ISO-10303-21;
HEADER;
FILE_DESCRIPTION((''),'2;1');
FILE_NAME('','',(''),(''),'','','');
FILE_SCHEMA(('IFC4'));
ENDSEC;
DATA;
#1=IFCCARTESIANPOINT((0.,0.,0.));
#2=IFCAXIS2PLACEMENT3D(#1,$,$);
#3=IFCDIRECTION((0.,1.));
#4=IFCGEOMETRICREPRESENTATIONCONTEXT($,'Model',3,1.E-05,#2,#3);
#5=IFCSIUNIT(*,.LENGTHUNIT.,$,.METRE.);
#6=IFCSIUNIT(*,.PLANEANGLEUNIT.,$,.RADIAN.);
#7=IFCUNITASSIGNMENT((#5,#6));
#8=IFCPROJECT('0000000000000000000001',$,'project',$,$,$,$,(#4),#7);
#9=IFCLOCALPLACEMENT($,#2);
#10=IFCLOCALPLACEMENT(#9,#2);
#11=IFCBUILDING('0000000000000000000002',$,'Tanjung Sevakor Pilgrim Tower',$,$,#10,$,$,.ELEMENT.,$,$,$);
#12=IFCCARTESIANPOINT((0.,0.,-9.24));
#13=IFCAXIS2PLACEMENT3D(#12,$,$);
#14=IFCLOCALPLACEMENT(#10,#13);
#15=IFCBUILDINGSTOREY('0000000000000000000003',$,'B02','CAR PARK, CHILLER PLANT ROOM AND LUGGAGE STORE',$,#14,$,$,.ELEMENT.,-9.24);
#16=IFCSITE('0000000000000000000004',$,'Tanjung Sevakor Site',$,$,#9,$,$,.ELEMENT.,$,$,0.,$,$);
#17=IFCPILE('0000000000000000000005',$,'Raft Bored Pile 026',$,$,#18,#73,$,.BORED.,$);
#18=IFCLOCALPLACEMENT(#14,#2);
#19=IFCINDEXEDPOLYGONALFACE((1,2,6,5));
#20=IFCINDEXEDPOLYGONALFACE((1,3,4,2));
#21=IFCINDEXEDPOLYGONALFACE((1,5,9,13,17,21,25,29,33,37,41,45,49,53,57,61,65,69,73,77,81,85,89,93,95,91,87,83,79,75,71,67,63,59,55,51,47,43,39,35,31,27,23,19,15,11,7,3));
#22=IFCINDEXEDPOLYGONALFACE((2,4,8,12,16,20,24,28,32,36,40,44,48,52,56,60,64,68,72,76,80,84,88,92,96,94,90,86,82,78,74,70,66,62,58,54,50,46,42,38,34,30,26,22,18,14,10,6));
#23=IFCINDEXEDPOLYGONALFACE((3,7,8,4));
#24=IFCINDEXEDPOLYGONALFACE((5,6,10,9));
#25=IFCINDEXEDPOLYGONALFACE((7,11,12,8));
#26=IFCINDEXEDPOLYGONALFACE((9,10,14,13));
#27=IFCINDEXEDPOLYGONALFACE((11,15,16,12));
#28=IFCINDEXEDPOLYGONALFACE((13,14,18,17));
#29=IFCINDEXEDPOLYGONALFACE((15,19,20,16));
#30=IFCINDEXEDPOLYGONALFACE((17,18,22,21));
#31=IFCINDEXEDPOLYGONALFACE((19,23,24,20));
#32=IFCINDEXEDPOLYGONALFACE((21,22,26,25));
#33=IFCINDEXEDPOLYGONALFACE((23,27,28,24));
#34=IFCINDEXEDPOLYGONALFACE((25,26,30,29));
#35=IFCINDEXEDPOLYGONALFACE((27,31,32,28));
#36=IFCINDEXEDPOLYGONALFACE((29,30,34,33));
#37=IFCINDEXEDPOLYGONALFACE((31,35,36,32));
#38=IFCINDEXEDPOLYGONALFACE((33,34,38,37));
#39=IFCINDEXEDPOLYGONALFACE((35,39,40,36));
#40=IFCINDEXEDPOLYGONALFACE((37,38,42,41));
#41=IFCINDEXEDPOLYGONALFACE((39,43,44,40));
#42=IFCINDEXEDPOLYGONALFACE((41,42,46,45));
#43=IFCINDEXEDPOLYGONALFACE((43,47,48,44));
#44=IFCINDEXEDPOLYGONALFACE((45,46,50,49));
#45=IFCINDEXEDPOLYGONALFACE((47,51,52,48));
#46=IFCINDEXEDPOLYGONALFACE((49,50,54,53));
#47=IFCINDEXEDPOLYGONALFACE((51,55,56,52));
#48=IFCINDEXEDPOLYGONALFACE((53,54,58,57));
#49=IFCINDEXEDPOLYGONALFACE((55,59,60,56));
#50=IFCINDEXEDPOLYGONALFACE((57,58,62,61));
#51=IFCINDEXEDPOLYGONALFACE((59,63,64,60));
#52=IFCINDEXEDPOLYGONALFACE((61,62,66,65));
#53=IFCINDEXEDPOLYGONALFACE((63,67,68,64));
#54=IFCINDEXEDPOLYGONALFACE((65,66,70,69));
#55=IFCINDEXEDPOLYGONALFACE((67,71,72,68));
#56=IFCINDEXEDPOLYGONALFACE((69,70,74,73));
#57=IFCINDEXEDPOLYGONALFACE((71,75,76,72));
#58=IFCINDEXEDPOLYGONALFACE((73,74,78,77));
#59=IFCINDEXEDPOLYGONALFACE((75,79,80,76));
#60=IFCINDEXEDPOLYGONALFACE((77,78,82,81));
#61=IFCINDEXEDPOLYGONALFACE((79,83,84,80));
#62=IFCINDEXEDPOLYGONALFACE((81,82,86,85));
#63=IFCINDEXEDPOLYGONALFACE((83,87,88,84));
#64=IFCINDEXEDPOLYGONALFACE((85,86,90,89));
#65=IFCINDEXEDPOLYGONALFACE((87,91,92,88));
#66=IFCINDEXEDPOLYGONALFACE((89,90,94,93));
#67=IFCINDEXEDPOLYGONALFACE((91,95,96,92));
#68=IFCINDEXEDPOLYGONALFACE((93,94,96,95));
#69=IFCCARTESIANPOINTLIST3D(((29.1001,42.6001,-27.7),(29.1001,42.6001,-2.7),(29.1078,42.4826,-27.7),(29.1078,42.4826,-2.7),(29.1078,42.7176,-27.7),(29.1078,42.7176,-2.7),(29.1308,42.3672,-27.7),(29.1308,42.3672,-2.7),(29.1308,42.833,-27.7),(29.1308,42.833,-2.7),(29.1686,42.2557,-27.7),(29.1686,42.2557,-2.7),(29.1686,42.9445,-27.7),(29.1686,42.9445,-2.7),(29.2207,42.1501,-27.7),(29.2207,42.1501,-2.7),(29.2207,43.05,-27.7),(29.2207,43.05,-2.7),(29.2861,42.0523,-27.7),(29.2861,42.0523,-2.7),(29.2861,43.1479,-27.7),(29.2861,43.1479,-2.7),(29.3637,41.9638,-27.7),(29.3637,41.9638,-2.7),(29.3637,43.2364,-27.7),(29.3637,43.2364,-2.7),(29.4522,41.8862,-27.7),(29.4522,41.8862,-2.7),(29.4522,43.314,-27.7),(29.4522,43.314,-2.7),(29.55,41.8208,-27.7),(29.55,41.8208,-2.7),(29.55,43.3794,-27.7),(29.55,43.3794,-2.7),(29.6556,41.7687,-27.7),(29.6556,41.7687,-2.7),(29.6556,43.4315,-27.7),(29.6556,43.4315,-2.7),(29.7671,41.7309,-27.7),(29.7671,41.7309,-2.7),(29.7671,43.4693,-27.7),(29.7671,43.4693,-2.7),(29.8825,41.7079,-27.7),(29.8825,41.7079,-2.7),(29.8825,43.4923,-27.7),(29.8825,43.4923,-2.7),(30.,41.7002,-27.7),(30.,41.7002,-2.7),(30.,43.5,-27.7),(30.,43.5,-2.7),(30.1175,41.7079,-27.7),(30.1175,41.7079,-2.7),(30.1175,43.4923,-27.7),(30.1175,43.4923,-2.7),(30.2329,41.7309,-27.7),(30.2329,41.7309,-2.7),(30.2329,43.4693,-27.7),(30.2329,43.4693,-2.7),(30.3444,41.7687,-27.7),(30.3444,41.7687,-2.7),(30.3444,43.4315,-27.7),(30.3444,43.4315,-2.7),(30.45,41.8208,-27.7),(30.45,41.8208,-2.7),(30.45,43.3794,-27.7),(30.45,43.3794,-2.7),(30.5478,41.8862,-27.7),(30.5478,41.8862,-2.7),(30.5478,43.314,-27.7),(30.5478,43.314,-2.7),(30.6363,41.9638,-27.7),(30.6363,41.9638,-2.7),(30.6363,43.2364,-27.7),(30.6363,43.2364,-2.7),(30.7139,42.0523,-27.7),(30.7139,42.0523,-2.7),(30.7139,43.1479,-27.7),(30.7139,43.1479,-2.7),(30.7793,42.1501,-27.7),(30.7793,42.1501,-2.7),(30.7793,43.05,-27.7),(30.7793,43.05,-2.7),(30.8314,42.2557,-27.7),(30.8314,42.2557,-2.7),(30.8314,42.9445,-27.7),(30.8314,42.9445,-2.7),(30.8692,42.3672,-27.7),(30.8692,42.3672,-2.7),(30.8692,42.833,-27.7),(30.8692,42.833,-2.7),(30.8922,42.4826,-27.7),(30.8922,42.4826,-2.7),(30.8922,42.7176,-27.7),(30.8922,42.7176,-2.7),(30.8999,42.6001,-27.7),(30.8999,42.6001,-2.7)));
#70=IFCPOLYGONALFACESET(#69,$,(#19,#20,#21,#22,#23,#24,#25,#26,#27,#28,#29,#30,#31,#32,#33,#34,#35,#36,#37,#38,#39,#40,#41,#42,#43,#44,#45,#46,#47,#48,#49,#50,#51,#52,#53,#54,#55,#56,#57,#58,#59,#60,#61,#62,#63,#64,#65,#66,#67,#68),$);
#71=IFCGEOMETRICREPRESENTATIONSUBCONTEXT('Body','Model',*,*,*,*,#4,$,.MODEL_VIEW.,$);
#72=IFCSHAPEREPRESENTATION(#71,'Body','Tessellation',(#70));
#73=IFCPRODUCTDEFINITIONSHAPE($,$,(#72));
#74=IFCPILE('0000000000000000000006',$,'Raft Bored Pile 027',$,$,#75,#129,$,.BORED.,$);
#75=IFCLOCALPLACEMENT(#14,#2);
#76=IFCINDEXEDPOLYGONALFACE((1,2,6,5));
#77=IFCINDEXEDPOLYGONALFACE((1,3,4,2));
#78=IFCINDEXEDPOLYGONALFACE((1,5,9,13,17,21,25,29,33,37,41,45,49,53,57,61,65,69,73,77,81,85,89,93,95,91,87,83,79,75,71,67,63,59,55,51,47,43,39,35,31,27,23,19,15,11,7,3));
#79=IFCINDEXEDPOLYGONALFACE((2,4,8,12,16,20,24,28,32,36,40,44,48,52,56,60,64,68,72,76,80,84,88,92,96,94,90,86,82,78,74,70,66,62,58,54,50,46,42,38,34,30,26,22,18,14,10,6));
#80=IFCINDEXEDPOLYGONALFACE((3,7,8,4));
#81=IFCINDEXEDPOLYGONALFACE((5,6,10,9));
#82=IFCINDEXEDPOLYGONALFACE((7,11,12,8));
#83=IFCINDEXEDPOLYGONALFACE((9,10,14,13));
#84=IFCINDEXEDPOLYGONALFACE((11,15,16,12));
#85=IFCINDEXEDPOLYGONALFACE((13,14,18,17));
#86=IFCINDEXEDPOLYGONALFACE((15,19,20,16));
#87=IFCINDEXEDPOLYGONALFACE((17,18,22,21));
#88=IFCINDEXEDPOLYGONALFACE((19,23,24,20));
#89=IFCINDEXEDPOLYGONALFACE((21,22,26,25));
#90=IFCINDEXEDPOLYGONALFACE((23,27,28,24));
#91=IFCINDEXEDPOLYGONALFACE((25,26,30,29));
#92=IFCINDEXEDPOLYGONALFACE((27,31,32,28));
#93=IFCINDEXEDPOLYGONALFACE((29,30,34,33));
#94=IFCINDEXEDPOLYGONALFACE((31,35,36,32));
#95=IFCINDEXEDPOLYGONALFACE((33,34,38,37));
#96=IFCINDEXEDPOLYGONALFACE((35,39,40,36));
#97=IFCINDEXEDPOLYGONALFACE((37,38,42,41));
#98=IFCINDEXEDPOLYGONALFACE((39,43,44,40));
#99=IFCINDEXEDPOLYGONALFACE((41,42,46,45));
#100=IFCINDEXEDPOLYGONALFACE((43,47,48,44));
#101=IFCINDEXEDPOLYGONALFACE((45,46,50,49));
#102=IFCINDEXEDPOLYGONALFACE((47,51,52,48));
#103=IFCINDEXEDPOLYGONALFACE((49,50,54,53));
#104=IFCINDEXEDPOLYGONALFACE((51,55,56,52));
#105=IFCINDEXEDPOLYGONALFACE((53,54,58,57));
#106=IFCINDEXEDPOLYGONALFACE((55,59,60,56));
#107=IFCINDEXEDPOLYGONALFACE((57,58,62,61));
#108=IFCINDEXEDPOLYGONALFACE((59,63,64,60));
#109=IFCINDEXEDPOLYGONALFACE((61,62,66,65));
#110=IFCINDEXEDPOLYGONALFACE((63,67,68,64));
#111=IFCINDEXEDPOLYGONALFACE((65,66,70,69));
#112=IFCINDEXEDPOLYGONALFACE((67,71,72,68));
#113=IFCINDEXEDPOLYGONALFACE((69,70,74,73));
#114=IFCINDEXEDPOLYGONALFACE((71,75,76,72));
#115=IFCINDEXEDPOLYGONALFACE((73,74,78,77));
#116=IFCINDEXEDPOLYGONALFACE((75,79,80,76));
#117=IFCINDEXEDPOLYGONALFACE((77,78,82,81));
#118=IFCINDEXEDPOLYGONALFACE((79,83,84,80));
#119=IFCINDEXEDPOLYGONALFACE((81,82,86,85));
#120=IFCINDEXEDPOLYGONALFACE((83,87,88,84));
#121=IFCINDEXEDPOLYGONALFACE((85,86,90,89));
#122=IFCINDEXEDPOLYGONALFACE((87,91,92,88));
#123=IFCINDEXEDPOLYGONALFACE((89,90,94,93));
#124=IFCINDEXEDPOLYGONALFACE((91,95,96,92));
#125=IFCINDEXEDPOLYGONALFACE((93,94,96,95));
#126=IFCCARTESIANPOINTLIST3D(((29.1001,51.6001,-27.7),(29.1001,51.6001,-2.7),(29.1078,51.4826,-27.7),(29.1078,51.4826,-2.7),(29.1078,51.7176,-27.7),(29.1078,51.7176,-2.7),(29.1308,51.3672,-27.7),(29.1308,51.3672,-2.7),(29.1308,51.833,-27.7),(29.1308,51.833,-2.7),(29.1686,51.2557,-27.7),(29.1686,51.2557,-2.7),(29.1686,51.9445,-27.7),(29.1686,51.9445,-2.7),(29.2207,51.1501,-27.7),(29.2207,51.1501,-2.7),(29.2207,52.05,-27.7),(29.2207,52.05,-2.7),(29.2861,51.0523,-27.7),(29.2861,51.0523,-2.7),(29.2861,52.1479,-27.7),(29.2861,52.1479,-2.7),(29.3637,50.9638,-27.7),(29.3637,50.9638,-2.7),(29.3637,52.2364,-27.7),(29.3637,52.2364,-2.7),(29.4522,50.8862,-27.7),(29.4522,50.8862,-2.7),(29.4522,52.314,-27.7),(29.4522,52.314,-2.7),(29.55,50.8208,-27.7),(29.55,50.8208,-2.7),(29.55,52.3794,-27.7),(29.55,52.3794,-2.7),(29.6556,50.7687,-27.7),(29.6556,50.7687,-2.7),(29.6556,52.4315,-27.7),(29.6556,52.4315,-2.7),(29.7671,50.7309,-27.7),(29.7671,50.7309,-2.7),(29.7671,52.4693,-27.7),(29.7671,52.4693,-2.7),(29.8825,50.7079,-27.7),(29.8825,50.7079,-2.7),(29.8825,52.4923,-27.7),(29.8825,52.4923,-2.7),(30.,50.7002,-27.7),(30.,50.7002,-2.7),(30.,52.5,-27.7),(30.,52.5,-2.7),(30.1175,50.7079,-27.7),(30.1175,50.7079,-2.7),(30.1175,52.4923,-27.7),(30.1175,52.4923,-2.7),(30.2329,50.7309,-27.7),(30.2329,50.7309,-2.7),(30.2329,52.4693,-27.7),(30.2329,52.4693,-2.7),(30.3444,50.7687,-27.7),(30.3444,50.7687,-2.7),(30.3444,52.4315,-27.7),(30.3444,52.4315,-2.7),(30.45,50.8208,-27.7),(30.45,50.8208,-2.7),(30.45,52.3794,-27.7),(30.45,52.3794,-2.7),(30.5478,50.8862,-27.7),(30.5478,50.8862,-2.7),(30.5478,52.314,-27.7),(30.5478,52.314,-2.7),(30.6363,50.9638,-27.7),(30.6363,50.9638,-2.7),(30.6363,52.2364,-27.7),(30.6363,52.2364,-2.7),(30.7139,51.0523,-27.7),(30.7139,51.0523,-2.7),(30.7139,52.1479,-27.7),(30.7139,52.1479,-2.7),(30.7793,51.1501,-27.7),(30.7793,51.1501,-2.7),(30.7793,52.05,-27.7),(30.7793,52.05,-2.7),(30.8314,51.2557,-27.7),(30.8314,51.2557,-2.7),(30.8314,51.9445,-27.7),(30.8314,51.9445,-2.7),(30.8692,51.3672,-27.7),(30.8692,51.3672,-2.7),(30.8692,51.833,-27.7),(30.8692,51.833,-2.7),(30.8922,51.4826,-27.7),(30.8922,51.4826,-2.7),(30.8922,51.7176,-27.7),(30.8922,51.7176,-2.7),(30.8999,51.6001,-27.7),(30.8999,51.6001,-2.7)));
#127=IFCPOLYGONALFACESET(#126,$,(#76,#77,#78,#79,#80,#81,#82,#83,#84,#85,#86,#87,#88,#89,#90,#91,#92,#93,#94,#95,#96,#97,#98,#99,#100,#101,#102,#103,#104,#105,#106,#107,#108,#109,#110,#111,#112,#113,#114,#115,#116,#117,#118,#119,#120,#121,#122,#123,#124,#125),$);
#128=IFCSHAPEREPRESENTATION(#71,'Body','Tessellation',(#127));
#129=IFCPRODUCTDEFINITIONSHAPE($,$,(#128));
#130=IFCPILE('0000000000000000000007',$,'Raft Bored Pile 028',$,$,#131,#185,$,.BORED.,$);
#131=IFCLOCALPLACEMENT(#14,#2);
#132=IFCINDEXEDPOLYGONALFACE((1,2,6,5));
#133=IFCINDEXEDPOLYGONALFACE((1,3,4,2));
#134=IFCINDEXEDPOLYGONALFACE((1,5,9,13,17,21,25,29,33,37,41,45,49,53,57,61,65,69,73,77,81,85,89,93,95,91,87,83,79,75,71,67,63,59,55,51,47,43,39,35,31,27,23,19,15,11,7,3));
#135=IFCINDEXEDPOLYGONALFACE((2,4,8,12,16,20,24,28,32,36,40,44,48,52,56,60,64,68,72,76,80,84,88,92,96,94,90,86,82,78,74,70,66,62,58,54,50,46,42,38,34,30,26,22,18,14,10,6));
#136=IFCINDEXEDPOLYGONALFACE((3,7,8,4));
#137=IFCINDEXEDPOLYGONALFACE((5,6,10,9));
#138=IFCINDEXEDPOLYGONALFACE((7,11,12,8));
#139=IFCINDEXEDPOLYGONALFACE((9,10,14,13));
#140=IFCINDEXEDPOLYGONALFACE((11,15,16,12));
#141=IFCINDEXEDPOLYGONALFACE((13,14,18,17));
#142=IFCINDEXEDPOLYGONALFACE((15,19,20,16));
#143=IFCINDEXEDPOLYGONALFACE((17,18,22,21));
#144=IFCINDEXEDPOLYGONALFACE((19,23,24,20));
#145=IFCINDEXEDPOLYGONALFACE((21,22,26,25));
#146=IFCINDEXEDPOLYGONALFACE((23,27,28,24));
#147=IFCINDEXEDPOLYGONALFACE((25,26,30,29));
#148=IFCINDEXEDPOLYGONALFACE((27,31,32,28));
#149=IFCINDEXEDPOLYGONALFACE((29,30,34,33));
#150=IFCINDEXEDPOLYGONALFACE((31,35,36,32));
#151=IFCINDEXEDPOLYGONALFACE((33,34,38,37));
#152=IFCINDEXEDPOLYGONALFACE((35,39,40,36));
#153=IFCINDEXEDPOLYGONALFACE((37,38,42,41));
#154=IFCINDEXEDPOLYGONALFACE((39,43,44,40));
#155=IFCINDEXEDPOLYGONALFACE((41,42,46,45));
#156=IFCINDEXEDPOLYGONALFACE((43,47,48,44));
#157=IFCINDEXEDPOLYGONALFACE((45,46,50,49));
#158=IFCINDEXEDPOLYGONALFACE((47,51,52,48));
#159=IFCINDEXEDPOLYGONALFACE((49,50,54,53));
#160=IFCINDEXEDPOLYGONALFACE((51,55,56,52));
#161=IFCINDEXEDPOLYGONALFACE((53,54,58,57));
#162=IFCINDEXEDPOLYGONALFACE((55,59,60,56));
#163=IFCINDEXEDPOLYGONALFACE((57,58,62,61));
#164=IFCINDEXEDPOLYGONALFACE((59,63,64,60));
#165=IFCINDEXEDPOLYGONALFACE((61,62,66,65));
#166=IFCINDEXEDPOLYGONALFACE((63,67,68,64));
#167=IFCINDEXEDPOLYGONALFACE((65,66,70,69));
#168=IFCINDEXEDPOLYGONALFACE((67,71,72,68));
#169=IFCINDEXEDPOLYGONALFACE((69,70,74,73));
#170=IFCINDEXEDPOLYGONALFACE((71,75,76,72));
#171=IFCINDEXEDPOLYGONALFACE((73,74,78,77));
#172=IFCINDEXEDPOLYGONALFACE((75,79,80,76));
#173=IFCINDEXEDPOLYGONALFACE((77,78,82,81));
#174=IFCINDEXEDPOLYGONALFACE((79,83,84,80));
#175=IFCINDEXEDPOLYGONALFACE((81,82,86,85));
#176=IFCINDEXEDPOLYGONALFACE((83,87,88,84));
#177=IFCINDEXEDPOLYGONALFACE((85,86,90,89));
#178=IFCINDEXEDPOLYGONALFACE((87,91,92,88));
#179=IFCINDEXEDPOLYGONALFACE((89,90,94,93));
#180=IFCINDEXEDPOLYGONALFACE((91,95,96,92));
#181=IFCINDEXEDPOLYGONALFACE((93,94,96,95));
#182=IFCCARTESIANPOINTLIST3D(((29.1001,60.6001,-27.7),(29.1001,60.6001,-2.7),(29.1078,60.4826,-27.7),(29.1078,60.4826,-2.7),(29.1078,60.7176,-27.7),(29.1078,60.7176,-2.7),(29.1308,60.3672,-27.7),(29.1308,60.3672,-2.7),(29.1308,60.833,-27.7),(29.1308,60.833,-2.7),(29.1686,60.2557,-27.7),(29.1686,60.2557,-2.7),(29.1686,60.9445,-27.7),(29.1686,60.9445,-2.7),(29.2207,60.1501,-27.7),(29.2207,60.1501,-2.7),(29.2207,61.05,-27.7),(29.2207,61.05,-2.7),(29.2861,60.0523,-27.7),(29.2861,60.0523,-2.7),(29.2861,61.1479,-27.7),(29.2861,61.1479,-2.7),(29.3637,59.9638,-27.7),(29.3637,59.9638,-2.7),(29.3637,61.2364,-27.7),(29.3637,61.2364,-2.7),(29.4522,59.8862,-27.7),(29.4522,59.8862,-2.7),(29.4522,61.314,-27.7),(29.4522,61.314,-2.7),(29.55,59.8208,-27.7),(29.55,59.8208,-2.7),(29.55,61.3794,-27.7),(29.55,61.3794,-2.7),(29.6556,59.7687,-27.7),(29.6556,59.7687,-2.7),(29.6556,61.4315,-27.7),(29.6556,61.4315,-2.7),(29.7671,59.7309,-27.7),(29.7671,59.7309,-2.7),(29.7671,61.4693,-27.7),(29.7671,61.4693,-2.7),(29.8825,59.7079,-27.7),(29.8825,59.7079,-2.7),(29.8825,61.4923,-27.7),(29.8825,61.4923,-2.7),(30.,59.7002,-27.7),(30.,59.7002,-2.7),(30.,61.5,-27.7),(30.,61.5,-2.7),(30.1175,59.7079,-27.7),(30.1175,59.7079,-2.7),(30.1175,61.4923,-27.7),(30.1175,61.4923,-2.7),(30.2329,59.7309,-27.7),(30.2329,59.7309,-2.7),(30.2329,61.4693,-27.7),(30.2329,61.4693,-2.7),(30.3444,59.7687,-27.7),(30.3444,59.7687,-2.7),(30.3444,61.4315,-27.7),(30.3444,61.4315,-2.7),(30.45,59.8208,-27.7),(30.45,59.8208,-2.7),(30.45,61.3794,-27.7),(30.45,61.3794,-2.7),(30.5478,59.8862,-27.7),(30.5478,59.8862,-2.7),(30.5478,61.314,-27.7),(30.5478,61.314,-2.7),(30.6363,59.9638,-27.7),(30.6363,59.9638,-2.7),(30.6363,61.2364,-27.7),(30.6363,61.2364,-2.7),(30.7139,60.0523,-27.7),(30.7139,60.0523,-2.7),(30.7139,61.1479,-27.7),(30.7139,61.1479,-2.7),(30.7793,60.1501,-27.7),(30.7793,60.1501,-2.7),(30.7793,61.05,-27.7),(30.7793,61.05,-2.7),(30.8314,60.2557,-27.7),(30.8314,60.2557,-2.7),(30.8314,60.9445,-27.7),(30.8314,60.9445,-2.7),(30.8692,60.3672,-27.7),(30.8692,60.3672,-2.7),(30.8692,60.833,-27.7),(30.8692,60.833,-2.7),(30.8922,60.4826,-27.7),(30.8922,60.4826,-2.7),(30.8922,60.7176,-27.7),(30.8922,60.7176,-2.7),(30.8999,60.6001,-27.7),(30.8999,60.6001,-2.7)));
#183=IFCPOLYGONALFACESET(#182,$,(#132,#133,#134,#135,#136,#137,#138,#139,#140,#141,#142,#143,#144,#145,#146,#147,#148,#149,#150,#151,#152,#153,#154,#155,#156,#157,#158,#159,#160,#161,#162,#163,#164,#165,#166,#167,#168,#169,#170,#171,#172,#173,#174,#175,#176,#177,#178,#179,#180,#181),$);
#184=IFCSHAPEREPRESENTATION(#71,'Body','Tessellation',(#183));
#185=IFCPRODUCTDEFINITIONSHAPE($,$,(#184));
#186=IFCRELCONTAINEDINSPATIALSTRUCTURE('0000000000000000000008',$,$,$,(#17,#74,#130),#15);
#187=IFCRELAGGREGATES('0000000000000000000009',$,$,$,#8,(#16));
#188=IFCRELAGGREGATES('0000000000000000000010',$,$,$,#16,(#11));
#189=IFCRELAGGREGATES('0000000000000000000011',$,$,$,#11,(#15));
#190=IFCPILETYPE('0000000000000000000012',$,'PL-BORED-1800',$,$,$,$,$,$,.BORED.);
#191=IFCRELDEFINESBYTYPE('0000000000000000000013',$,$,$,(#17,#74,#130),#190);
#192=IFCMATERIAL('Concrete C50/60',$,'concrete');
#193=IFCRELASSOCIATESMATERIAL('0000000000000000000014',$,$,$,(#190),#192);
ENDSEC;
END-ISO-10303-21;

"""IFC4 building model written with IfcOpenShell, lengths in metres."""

from ifc_helpers import new_model, si_unit, direction, frame, origin, origin_2d, place, context, subcontext, project, spatial, circle, extrude, material, material_profile, profile_set, type_object, element, save


model = new_model("IFC4")

# Units and contexts
model_context = context("Model", 3, precision=1e-05, world=origin(), true_north=direction((0.0, 1.0)))
body_context = subcontext(model_context, "Body", "Model", "MODEL_VIEW")
ifc_project = project(units=[si_unit("LENGTHUNIT", "METRE"), si_unit("PLANEANGLEUNIT", "RADIAN")], contexts=[model_context])

# Site, building, storey
site_placement = place(None, origin())
site = spatial("IfcSite", under=ifc_project, at=site_placement, Name="Tanjung Sevakor Site", CompositionType="ELEMENT", RefElevation=0.0)
building_placement = place(site_placement, origin())
building = spatial("IfcBuilding", under=site, at=building_placement, Name="Tanjung Sevakor Pilgrim Tower", CompositionType="ELEMENT")
storey_placement = place(building_placement, frame((0.0, 0.0, -9.24)))
storey = spatial("IfcBuildingStorey", under=building, at=storey_placement, Name="B02", Description="CAR PARK, CHILLER PLANT ROOM AND LUGGAGE STORE", CompositionType="ELEMENT", Elevation=-9.24)

# Piles
ifc_material_1 = material(Name="Concrete C50/60", Category="concrete")
ifc_material_profile_1 = material_profile(ifc_material_1, circle(Radius=0.8999, at=origin_2d()))
ifc_profile_set_1 = profile_set([ifc_material_profile_1], Name="Concrete C50/60")
pile_type = type_object("IfcPileType", Name="PL-BORED-1800", PredefinedType="BORED", material=ifc_profile_set_1)
for number, where, z_axis, x_axis, name in (
    (1, (30.0, 42.6001, -2.7), (0.0, 0.0, -1.0), (1.0, 0.0, 0.0), "Raft Bored Pile 026"),
    (2, (30.0, 51.6001, -2.7), (0.0, 0.0, -1.0), (1.0, 0.0, 0.0), "Raft Bored Pile 027"),
    (3, (30.0, 60.6001, -2.7), (0.0, 0.0, -1.0), (1.0, 0.0, 0.0), "Raft Bored Pile 028"),
):
    element("IfcPile", number, at=place(storey_placement, frame(where, z_axis=z_axis, x_axis=x_axis)), inside=storey, type_object=pile_type, Name=name, PredefinedType="BORED", context=body_context, shape_type="SweptSolid", body=[
        extrude(circle(Radius=0.8999, at=origin_2d()), origin(), (0.0, 0.0, 1.0), 25.0),
    ])

save(model, "model.ifc")
